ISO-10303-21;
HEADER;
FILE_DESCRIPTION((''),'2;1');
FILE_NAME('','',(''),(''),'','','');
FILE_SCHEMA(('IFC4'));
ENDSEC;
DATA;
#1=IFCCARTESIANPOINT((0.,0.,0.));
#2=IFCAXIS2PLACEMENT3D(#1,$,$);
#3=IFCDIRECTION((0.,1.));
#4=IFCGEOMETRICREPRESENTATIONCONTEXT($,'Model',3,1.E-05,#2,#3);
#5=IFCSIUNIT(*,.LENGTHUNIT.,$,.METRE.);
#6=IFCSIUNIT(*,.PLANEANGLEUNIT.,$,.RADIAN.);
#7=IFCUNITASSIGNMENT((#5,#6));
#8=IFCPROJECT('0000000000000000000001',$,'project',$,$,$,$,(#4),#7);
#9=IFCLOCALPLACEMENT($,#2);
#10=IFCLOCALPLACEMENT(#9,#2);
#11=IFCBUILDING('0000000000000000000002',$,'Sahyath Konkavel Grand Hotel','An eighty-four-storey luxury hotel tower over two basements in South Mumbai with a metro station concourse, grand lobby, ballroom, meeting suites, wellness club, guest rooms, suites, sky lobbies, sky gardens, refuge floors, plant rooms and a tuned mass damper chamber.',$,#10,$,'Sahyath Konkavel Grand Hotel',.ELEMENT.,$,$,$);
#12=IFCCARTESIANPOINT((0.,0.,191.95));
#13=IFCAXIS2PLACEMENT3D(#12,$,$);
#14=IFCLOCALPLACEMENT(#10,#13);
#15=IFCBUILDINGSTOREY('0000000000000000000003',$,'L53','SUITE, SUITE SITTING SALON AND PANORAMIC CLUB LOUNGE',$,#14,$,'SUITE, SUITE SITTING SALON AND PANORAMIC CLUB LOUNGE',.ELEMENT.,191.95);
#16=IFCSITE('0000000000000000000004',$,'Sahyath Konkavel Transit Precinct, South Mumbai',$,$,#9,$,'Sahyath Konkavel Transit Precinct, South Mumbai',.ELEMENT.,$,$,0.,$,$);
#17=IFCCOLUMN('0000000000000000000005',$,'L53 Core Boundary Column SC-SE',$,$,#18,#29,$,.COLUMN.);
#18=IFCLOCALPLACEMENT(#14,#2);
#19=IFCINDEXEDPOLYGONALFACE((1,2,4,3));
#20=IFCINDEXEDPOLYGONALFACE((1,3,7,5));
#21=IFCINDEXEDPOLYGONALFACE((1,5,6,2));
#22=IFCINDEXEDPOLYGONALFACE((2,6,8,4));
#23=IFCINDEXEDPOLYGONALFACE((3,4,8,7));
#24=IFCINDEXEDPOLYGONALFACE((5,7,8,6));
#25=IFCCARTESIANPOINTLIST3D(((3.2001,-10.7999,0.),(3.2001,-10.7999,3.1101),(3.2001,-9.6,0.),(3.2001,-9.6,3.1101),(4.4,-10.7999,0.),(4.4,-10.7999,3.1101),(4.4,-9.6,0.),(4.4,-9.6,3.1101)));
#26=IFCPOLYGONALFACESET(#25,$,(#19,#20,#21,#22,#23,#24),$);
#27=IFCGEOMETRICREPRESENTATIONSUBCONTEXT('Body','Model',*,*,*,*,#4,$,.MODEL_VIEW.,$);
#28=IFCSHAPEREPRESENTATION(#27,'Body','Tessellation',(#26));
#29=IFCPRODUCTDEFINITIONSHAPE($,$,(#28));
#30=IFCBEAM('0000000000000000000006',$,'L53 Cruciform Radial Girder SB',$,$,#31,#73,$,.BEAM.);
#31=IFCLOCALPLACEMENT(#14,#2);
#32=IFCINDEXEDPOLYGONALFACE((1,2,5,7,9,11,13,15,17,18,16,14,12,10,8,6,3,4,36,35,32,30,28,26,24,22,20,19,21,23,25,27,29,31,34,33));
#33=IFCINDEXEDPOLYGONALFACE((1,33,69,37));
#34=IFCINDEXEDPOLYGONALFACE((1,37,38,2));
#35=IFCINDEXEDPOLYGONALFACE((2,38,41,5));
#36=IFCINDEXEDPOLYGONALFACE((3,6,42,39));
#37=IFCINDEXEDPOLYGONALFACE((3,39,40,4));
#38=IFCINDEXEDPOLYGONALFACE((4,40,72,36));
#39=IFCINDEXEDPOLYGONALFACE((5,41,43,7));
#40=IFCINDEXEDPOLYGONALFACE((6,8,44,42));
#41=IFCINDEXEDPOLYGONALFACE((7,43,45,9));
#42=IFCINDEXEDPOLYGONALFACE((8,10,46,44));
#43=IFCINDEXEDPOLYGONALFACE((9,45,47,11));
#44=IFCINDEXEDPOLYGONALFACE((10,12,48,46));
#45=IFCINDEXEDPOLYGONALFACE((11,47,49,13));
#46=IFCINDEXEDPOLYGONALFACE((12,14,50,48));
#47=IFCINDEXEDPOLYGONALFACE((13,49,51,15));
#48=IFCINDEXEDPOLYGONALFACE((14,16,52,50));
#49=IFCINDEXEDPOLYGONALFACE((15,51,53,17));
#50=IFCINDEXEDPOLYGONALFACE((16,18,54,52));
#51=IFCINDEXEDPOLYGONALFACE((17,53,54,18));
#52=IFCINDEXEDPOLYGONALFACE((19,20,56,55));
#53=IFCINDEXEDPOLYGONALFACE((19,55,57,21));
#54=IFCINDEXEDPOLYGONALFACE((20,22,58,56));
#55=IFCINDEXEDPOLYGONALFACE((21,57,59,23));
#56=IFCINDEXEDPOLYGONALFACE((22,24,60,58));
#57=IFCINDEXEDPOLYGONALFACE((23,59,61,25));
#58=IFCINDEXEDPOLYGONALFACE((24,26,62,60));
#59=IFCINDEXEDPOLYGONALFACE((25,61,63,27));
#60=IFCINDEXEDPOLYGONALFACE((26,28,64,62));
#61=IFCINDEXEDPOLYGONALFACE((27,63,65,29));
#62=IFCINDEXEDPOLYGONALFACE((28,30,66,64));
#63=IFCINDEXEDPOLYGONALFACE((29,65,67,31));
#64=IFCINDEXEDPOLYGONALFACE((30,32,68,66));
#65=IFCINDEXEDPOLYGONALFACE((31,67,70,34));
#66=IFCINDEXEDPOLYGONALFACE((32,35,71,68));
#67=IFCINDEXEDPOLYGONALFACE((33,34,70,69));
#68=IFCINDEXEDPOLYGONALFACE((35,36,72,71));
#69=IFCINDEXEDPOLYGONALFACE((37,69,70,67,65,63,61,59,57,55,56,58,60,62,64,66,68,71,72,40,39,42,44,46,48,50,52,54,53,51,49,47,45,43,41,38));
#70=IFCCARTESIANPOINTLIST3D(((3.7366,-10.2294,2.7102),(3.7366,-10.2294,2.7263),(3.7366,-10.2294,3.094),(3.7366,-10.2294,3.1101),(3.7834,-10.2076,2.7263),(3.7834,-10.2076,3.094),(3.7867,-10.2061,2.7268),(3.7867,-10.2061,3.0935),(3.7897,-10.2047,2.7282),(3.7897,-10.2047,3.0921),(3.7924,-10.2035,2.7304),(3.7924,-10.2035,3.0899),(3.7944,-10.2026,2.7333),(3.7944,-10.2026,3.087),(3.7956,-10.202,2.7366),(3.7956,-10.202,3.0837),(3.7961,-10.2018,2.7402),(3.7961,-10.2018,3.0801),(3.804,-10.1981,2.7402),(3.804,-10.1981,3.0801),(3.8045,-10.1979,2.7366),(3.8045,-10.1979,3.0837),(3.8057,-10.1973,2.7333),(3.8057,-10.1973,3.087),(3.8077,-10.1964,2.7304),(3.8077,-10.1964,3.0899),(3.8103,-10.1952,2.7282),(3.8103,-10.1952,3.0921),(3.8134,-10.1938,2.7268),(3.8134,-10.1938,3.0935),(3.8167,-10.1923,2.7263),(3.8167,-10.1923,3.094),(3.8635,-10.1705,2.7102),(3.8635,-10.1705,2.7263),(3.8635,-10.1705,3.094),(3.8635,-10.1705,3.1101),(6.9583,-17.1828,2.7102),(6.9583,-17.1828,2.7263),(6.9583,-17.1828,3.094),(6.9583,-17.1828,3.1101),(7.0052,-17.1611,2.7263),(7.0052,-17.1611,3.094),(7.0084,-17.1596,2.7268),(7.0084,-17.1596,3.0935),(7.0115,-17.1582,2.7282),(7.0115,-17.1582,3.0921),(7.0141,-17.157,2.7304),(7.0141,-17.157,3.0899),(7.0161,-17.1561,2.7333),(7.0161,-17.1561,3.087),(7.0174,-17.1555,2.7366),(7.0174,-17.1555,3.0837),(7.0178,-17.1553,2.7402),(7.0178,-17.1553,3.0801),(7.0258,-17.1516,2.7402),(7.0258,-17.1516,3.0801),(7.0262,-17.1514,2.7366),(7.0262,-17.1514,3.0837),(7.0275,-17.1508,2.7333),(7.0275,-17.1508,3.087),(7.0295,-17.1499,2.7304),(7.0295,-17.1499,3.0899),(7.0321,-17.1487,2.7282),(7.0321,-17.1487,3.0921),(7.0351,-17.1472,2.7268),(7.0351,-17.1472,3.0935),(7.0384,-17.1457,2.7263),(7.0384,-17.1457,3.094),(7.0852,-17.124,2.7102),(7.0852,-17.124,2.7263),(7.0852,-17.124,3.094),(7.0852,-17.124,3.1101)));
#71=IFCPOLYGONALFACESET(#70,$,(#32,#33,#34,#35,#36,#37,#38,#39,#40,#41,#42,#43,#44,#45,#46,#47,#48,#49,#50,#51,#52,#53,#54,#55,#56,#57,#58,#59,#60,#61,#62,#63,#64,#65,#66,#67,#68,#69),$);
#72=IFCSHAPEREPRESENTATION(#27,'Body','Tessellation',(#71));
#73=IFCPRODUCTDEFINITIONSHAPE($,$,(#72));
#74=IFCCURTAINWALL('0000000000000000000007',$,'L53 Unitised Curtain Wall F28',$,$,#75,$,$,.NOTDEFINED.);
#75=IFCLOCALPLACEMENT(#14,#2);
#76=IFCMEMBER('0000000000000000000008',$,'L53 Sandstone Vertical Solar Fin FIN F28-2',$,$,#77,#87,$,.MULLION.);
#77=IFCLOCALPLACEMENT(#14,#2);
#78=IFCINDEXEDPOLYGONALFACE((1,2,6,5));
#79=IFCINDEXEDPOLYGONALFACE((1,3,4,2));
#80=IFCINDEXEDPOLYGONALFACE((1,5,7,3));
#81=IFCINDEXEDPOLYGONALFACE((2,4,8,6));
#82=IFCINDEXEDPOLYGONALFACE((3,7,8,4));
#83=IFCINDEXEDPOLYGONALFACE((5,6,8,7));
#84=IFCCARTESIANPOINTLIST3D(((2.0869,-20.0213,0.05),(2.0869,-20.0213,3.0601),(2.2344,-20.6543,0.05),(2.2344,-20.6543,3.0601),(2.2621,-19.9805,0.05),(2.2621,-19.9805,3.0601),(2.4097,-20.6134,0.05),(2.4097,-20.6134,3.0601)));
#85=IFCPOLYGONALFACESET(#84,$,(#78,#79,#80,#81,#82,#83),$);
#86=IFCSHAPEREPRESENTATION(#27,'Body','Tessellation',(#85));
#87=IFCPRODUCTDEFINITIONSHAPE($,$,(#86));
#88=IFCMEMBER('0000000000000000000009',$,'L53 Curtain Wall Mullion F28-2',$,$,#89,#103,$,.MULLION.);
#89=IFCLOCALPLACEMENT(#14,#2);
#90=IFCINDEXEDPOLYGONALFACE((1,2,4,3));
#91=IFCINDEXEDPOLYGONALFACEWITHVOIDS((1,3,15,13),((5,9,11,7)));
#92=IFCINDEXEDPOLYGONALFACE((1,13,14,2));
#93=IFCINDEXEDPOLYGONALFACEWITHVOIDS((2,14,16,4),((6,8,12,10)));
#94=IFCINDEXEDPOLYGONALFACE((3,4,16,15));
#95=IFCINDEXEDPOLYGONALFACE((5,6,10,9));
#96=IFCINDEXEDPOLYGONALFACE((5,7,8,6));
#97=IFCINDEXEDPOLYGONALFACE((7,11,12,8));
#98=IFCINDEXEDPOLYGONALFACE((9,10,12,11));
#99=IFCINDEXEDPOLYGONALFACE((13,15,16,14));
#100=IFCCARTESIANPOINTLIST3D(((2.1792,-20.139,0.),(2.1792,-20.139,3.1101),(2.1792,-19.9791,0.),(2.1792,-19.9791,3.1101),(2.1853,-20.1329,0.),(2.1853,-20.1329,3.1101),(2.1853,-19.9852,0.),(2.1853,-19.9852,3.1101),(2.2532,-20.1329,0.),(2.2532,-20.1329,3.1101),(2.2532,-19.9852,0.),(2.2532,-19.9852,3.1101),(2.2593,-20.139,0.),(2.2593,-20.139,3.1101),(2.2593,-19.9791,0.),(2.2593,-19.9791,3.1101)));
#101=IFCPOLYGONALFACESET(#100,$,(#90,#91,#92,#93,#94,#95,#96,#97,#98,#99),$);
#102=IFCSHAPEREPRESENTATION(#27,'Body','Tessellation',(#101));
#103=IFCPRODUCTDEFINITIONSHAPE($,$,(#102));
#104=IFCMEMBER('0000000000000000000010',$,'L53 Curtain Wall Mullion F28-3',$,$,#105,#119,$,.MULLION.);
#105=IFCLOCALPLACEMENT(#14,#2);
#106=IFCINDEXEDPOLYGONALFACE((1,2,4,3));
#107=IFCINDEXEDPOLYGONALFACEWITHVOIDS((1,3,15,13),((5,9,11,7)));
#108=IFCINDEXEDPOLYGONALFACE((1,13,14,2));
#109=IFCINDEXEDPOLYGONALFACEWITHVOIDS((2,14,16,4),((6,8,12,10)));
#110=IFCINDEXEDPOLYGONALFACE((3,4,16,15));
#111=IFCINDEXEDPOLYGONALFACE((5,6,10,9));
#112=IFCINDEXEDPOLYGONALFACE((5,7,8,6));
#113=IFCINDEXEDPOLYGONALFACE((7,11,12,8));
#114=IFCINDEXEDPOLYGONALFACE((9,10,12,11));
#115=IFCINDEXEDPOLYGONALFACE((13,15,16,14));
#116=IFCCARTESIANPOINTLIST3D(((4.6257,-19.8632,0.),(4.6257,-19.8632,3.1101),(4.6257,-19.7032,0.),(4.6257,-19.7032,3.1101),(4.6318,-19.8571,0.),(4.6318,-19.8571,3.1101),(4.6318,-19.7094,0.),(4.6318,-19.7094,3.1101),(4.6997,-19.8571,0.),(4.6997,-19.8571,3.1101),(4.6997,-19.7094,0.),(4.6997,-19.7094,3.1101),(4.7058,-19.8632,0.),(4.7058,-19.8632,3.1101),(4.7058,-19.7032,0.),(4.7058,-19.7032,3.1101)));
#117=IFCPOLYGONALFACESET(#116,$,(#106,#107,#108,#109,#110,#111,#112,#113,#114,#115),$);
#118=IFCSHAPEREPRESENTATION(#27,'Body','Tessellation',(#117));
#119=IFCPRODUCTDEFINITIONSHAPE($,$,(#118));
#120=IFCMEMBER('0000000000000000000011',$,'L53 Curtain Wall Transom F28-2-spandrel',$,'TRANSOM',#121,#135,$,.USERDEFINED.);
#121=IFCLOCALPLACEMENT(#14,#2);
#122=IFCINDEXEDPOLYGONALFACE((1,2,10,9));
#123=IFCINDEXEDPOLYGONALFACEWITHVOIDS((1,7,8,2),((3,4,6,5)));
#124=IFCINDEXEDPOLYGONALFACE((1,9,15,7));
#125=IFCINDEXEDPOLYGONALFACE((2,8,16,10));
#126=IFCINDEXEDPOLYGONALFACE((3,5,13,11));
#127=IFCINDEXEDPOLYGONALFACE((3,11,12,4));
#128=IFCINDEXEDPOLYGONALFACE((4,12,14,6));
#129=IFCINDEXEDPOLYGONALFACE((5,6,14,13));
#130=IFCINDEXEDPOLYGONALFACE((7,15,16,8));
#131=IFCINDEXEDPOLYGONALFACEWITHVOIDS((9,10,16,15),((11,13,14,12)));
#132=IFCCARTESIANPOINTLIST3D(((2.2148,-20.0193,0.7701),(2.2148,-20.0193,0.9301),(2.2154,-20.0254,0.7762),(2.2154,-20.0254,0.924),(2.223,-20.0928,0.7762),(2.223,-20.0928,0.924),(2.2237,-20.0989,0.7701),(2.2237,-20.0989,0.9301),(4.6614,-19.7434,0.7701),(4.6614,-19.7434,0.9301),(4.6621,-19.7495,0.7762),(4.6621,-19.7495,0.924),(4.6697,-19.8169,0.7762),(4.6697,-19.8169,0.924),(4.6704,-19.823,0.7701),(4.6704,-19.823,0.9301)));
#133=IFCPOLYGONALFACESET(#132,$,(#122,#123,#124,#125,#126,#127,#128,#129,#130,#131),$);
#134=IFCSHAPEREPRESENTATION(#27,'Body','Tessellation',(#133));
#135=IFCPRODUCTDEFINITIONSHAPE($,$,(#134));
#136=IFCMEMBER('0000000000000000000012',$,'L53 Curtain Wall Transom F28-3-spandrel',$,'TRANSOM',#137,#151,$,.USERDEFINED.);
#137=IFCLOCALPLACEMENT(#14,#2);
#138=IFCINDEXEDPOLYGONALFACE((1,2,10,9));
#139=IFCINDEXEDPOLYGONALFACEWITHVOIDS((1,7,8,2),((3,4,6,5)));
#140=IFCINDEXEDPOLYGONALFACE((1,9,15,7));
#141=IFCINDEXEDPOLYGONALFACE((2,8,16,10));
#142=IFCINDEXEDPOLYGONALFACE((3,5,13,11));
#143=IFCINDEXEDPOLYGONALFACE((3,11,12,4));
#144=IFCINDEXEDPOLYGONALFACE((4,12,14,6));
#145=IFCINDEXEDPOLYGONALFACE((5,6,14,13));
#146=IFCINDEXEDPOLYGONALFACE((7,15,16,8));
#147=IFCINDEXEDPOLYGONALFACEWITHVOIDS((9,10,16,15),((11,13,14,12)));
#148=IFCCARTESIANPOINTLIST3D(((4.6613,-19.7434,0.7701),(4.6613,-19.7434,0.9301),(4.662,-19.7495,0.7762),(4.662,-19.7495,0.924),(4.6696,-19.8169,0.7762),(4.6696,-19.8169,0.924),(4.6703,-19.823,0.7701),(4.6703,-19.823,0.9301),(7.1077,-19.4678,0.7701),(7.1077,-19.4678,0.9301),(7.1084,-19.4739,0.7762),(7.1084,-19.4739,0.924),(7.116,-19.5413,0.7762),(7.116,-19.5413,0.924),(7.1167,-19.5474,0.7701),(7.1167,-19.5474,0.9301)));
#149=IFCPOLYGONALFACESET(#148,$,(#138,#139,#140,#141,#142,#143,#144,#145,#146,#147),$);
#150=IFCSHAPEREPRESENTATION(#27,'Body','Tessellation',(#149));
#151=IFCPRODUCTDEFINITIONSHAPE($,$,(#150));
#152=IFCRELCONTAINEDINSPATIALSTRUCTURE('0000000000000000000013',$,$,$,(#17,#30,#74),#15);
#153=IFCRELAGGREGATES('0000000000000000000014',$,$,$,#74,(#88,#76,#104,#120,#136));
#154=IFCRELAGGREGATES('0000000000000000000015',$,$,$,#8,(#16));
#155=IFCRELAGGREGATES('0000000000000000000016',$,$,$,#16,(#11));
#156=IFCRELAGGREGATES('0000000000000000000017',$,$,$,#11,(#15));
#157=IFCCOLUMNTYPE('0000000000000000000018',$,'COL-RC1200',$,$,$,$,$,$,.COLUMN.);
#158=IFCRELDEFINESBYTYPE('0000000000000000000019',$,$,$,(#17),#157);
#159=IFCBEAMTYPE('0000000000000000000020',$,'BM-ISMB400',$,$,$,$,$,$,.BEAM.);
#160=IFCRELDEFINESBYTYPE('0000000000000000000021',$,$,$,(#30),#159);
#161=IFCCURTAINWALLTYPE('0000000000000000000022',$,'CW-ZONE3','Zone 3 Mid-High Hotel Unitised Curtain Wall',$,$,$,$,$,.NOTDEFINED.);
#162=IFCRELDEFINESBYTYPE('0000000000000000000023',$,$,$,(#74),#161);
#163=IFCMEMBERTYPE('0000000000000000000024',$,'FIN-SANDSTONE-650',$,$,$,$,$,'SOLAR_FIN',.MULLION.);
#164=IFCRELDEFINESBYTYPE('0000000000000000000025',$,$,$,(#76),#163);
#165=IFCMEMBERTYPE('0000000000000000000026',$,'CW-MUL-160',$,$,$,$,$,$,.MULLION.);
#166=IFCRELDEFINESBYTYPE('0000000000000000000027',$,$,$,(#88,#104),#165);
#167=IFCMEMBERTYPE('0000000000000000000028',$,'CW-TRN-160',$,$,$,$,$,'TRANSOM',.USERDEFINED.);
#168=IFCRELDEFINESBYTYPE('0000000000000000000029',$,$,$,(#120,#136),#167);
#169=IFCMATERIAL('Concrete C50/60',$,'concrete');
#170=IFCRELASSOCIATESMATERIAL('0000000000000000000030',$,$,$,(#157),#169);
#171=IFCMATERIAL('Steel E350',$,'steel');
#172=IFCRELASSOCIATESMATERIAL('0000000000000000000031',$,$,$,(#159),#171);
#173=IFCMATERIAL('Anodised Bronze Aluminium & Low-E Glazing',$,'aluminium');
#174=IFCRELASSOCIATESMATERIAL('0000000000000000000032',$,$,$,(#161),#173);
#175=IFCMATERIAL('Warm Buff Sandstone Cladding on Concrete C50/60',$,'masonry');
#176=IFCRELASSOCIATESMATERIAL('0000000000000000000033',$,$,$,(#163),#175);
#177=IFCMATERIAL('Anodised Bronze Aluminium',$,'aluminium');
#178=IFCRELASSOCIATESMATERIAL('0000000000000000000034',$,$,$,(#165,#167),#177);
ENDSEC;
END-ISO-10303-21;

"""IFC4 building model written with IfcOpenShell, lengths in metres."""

from ifc_helpers import new_model, si_unit, direction, frame, origin, origin_2d, place, context, subcontext, project, spatial, rectangle, hollow_rectangle, i_section, extrude, source, transform, mapped, material, material_profile, profile_set, type_object, element, aggregate, save


model = new_model("IFC4")

# Units and contexts
model_context = context("Model", 3, precision=1e-05, world=origin(), true_north=direction((0.0, 1.0)))
body_context = subcontext(model_context, "Body", "Model", "MODEL_VIEW")
ifc_project = project(units=[si_unit("LENGTHUNIT", "METRE"), si_unit("PLANEANGLEUNIT", "RADIAN")], contexts=[model_context])

# Site, building, storey
site_placement = place(None, origin())
site = spatial("IfcSite", under=ifc_project, at=site_placement, Name="Sahyath Konkavel Transit Precinct, South Mumbai", LongName="Sahyath Konkavel Transit Precinct, South Mumbai", CompositionType="ELEMENT", RefElevation=0.0)
building_placement = place(site_placement, origin())
building = spatial("IfcBuilding", under=site, at=building_placement, Name="Sahyath Konkavel Grand Hotel", Description="An eighty-four-storey luxury hotel tower over two basements in South Mumbai with a metro station concourse, grand lobby, ballroom, meeting suites, wellness club, guest rooms, suites, sky lobbies, sky gardens, refuge floors, plant rooms and a tuned mass damper chamber.", LongName="Sahyath Konkavel Grand Hotel", CompositionType="ELEMENT")
storey_placement = place(building_placement, frame((0.0, 0.0, 191.95)))
storey = spatial("IfcBuildingStorey", under=building, at=storey_placement, Name="L53", Description="SUITE, SUITE SITTING SALON AND PANORAMIC CLUB LOUNGE", LongName="SUITE, SUITE SITTING SALON AND PANORAMIC CLUB LOUNGE", CompositionType="ELEMENT", Elevation=191.95)

# Column
ifc_material_1 = material(Name="Concrete C50/60", Category="concrete")
ifc_material_profile_1 = material_profile(ifc_material_1, rectangle(XDim=1.2, YDim=1.2, at=origin_2d()), Name="RC 1200x1200")
ifc_profile_set_1 = profile_set([ifc_material_profile_1], Name="Concrete C50/60")
column_type = type_object("IfcColumnType", Name="COL-RC1200", PredefinedType="COLUMN", material=ifc_profile_set_1)
shared_shape_1 = source(origin(), body_context, "Body", "SweptSolid", [
    extrude(rectangle(XDim=1.2, YDim=1.2, at=origin_2d()), origin(), (0.0, 0.0, 1.0), 3.1101),
])
column_placement = place(storey_placement, frame((3.8, -10.2, 0.0), z_axis=(0.0, 0.0, 1.0), x_axis=(1.0, 0.0, 0.0)))
element("IfcColumn", 1, at=column_placement, inside=storey, type_object=column_type, Name="L53 Core Boundary Column SC-SE", PredefinedType="COLUMN", context=body_context, shape_type="MappedRepresentation", body=[
    mapped(shared_shape_1, transform((0.0, 0.0, 0.0), scale=1.0)),
])

# Beam
ifc_material_2 = material(Name="Steel E350", Category="steel")
ifc_material_profile_2 = material_profile(ifc_material_2, i_section(OverallWidth=0.1399, OverallDepth=0.3999, WebThickness=0.0088, FlangeThickness=0.0161, FilletRadius=0.0139, at=origin_2d()), Name="ISMB 400")
ifc_profile_set_2 = profile_set([ifc_material_profile_2], Name="Steel E350")
beam_type_1 = type_object("IfcBeamType", Name="BM-ISMB400", PredefinedType="BEAM", material=ifc_profile_set_2)
shared_shape_2 = source(origin(), body_context, "Body", "SweptSolid", [
    extrude(i_section(OverallWidth=0.1399, OverallDepth=0.3999, WebThickness=0.0088, FlangeThickness=0.0161, FilletRadius=0.0139, at=origin_2d()), origin(), (0.0, 0.0, 1.0), 7.6636),
])
beam_1_placement = place(storey_placement, frame((3.8, -10.2, 2.9102), z_axis=(0.420395, -0.907341, 0.0), x_axis=(0.907341, 0.420395, 0.0)))
element("IfcBeam", 2, at=beam_1_placement, inside=storey, type_object=beam_type_1, Name="L53 Cruciform Radial Girder SB", PredefinedType="BEAM", context=body_context, shape_type="MappedRepresentation", body=[
    mapped(shared_shape_2, transform((0.0, 0.0, 0.0), scale=1.0)),
])

# Curtain wall, members
ifc_material_3 = material(Name="Anodised Bronze Aluminium & Low-E Glazing", Category="aluminium")
curtain_wall_type = type_object("IfcCurtainWallType", Name="CW-ZONE3", Description="Zone 3 Mid-High Hotel Unitised Curtain Wall", PredefinedType="NOTDEFINED", material=ifc_material_3)
curtain_wall_placement = place(storey_placement, origin())
curtain_wall = element("IfcCurtainWall", 3, at=curtain_wall_placement, inside=storey, type_object=curtain_wall_type, Name="L53 Unitised Curtain Wall F28", PredefinedType="NOTDEFINED")
ifc_material_4 = material(Name="Warm Buff Sandstone Cladding on Concrete C50/60", Category="masonry")
ifc_material_profile_3 = material_profile(ifc_material_4, rectangle(XDim=0.1799, YDim=0.6499, at=origin_2d()), Name="FIN 180x650")
ifc_profile_set_3 = profile_set([ifc_material_profile_3], Name="Warm Buff Sandstone Cladding on Concrete C50/60")
member_type_1 = type_object("IfcMemberType", Name="FIN-SANDSTONE-650", ElementType="SOLAR_FIN", PredefinedType="MULLION", material=ifc_profile_set_3)
shared_shape_3 = source(origin(), body_context, "Body", "SweptSolid", [
    extrude(rectangle(XDim=0.1799, YDim=0.6499, at=origin_2d()), origin(), (0.0, 0.0, 1.0), 3.01),
])
member_1_placement = place(storey_placement, frame((2.2483, -20.3174, 0.05), z_axis=(0.0, 0.0, 1.0), x_axis=(0.973897, 0.226991, 0.0)))
member_1 = element("IfcMember", 4, at=member_1_placement, type_object=member_type_1, Name="L53 Sandstone Vertical Solar Fin FIN F28-2", PredefinedType="MULLION", context=body_context, shape_type="MappedRepresentation", body=[
    mapped(shared_shape_3, transform((0.0, 0.0, 0.0), scale=1.0)),
])
ifc_material_5 = material(Name="Anodised Bronze Aluminium", Category="aluminium")
ifc_material_profile_4 = material_profile(ifc_material_5, hollow_rectangle(XDim=0.0801, YDim=0.1599, WallThickness=0.0061, at=origin_2d()), Name="RHS 160x80x6")
ifc_profile_set_4 = profile_set([ifc_material_profile_4], Name="Anodised Bronze Aluminium")
member_type_2 = type_object("IfcMemberType", Name="CW-MUL-160", PredefinedType="MULLION", material=ifc_profile_set_4)
shared_shape_4 = source(origin(), body_context, "Body", "SweptSolid", [
    extrude(hollow_rectangle(XDim=0.0801, YDim=0.1599, WallThickness=0.0061, at=origin_2d()), origin(), (0.0, 0.0, 1.0), 3.1101),
])
member_2_placement = place(storey_placement, frame((2.2192, -20.0591, 0.0), z_axis=(0.0, 0.0, 1.0), x_axis=(1.0, 0.0, 0.0)))
member_2 = element("IfcMember", 5, at=member_2_placement, type_object=member_type_2, Name="L53 Curtain Wall Mullion F28-2", PredefinedType="MULLION", context=body_context, shape_type="MappedRepresentation", body=[
    mapped(shared_shape_4, transform((0.0, 0.0, 0.0), scale=1.0)),
])
member_3_placement = place(storey_placement, frame((4.6658, -19.7832, 0.0), z_axis=(0.0, 0.0, 1.0), x_axis=(1.0, 0.0, 0.0)))
member_3 = element("IfcMember", 6, at=member_3_placement, type_object=member_type_2, Name="L53 Curtain Wall Mullion F28-3", PredefinedType="MULLION", context=body_context, shape_type="MappedRepresentation", body=[
    mapped(shared_shape_4, transform((0.0, 0.0, 0.0), scale=1.0)),
])
ifc_material_profile_5 = material_profile(ifc_material_5, hollow_rectangle(XDim=0.0801, YDim=0.1599, WallThickness=0.0061, at=origin_2d()), Name="RHS 160x80x6")
ifc_profile_set_5 = profile_set([ifc_material_profile_5], Name="Anodised Bronze Aluminium")
member_type_3 = type_object("IfcMemberType", Name="CW-TRN-160", ElementType="TRANSOM", PredefinedType="USERDEFINED", material=ifc_profile_set_5)
shared_shape_5 = source(origin(), body_context, "Body", "SweptSolid", [
    extrude(hollow_rectangle(XDim=0.0801, YDim=0.1599, WallThickness=0.0061, at=origin_2d()), origin(), (0.0, 0.0, 1.0), 2.4622),
])
member_4_placement = place(storey_placement, frame((2.2192, -20.0591, 0.8501), z_axis=(0.993702, 0.112053, 0.0), x_axis=(-0.112053, 0.993702, 0.0)))
member_4 = element("IfcMember", 7, at=member_4_placement, type_object=member_type_3, Name="L53 Curtain Wall Transom F28-2-spandrel", ObjectType="TRANSOM", PredefinedType="USERDEFINED", context=body_context, shape_type="MappedRepresentation", body=[
    mapped(shared_shape_5, transform((0.0, 0.0, 0.0), scale=1.0)),
])
shared_shape_6 = source(origin(), body_context, "Body", "SweptSolid", [
    extrude(hollow_rectangle(XDim=0.0801, YDim=0.1599, WallThickness=0.0061, at=origin_2d()), origin(), (0.0, 0.0, 1.0), 2.4619),
])
member_5_placement = place(storey_placement, frame((4.6658, -19.7832, 0.8501), z_axis=(0.993713, 0.111955, 0.0), x_axis=(-0.111955, 0.993713, 0.0)))
member_5 = element("IfcMember", 8, at=member_5_placement, type_object=member_type_3, Name="L53 Curtain Wall Transom F28-3-spandrel", ObjectType="TRANSOM", PredefinedType="USERDEFINED", context=body_context, shape_type="MappedRepresentation", body=[
    mapped(shared_shape_6, transform((0.0, 0.0, 0.0), scale=1.0)),
])

aggregate(curtain_wall, [member_2, member_1, member_3, member_4, member_5])

save(model, "model.ifc")
